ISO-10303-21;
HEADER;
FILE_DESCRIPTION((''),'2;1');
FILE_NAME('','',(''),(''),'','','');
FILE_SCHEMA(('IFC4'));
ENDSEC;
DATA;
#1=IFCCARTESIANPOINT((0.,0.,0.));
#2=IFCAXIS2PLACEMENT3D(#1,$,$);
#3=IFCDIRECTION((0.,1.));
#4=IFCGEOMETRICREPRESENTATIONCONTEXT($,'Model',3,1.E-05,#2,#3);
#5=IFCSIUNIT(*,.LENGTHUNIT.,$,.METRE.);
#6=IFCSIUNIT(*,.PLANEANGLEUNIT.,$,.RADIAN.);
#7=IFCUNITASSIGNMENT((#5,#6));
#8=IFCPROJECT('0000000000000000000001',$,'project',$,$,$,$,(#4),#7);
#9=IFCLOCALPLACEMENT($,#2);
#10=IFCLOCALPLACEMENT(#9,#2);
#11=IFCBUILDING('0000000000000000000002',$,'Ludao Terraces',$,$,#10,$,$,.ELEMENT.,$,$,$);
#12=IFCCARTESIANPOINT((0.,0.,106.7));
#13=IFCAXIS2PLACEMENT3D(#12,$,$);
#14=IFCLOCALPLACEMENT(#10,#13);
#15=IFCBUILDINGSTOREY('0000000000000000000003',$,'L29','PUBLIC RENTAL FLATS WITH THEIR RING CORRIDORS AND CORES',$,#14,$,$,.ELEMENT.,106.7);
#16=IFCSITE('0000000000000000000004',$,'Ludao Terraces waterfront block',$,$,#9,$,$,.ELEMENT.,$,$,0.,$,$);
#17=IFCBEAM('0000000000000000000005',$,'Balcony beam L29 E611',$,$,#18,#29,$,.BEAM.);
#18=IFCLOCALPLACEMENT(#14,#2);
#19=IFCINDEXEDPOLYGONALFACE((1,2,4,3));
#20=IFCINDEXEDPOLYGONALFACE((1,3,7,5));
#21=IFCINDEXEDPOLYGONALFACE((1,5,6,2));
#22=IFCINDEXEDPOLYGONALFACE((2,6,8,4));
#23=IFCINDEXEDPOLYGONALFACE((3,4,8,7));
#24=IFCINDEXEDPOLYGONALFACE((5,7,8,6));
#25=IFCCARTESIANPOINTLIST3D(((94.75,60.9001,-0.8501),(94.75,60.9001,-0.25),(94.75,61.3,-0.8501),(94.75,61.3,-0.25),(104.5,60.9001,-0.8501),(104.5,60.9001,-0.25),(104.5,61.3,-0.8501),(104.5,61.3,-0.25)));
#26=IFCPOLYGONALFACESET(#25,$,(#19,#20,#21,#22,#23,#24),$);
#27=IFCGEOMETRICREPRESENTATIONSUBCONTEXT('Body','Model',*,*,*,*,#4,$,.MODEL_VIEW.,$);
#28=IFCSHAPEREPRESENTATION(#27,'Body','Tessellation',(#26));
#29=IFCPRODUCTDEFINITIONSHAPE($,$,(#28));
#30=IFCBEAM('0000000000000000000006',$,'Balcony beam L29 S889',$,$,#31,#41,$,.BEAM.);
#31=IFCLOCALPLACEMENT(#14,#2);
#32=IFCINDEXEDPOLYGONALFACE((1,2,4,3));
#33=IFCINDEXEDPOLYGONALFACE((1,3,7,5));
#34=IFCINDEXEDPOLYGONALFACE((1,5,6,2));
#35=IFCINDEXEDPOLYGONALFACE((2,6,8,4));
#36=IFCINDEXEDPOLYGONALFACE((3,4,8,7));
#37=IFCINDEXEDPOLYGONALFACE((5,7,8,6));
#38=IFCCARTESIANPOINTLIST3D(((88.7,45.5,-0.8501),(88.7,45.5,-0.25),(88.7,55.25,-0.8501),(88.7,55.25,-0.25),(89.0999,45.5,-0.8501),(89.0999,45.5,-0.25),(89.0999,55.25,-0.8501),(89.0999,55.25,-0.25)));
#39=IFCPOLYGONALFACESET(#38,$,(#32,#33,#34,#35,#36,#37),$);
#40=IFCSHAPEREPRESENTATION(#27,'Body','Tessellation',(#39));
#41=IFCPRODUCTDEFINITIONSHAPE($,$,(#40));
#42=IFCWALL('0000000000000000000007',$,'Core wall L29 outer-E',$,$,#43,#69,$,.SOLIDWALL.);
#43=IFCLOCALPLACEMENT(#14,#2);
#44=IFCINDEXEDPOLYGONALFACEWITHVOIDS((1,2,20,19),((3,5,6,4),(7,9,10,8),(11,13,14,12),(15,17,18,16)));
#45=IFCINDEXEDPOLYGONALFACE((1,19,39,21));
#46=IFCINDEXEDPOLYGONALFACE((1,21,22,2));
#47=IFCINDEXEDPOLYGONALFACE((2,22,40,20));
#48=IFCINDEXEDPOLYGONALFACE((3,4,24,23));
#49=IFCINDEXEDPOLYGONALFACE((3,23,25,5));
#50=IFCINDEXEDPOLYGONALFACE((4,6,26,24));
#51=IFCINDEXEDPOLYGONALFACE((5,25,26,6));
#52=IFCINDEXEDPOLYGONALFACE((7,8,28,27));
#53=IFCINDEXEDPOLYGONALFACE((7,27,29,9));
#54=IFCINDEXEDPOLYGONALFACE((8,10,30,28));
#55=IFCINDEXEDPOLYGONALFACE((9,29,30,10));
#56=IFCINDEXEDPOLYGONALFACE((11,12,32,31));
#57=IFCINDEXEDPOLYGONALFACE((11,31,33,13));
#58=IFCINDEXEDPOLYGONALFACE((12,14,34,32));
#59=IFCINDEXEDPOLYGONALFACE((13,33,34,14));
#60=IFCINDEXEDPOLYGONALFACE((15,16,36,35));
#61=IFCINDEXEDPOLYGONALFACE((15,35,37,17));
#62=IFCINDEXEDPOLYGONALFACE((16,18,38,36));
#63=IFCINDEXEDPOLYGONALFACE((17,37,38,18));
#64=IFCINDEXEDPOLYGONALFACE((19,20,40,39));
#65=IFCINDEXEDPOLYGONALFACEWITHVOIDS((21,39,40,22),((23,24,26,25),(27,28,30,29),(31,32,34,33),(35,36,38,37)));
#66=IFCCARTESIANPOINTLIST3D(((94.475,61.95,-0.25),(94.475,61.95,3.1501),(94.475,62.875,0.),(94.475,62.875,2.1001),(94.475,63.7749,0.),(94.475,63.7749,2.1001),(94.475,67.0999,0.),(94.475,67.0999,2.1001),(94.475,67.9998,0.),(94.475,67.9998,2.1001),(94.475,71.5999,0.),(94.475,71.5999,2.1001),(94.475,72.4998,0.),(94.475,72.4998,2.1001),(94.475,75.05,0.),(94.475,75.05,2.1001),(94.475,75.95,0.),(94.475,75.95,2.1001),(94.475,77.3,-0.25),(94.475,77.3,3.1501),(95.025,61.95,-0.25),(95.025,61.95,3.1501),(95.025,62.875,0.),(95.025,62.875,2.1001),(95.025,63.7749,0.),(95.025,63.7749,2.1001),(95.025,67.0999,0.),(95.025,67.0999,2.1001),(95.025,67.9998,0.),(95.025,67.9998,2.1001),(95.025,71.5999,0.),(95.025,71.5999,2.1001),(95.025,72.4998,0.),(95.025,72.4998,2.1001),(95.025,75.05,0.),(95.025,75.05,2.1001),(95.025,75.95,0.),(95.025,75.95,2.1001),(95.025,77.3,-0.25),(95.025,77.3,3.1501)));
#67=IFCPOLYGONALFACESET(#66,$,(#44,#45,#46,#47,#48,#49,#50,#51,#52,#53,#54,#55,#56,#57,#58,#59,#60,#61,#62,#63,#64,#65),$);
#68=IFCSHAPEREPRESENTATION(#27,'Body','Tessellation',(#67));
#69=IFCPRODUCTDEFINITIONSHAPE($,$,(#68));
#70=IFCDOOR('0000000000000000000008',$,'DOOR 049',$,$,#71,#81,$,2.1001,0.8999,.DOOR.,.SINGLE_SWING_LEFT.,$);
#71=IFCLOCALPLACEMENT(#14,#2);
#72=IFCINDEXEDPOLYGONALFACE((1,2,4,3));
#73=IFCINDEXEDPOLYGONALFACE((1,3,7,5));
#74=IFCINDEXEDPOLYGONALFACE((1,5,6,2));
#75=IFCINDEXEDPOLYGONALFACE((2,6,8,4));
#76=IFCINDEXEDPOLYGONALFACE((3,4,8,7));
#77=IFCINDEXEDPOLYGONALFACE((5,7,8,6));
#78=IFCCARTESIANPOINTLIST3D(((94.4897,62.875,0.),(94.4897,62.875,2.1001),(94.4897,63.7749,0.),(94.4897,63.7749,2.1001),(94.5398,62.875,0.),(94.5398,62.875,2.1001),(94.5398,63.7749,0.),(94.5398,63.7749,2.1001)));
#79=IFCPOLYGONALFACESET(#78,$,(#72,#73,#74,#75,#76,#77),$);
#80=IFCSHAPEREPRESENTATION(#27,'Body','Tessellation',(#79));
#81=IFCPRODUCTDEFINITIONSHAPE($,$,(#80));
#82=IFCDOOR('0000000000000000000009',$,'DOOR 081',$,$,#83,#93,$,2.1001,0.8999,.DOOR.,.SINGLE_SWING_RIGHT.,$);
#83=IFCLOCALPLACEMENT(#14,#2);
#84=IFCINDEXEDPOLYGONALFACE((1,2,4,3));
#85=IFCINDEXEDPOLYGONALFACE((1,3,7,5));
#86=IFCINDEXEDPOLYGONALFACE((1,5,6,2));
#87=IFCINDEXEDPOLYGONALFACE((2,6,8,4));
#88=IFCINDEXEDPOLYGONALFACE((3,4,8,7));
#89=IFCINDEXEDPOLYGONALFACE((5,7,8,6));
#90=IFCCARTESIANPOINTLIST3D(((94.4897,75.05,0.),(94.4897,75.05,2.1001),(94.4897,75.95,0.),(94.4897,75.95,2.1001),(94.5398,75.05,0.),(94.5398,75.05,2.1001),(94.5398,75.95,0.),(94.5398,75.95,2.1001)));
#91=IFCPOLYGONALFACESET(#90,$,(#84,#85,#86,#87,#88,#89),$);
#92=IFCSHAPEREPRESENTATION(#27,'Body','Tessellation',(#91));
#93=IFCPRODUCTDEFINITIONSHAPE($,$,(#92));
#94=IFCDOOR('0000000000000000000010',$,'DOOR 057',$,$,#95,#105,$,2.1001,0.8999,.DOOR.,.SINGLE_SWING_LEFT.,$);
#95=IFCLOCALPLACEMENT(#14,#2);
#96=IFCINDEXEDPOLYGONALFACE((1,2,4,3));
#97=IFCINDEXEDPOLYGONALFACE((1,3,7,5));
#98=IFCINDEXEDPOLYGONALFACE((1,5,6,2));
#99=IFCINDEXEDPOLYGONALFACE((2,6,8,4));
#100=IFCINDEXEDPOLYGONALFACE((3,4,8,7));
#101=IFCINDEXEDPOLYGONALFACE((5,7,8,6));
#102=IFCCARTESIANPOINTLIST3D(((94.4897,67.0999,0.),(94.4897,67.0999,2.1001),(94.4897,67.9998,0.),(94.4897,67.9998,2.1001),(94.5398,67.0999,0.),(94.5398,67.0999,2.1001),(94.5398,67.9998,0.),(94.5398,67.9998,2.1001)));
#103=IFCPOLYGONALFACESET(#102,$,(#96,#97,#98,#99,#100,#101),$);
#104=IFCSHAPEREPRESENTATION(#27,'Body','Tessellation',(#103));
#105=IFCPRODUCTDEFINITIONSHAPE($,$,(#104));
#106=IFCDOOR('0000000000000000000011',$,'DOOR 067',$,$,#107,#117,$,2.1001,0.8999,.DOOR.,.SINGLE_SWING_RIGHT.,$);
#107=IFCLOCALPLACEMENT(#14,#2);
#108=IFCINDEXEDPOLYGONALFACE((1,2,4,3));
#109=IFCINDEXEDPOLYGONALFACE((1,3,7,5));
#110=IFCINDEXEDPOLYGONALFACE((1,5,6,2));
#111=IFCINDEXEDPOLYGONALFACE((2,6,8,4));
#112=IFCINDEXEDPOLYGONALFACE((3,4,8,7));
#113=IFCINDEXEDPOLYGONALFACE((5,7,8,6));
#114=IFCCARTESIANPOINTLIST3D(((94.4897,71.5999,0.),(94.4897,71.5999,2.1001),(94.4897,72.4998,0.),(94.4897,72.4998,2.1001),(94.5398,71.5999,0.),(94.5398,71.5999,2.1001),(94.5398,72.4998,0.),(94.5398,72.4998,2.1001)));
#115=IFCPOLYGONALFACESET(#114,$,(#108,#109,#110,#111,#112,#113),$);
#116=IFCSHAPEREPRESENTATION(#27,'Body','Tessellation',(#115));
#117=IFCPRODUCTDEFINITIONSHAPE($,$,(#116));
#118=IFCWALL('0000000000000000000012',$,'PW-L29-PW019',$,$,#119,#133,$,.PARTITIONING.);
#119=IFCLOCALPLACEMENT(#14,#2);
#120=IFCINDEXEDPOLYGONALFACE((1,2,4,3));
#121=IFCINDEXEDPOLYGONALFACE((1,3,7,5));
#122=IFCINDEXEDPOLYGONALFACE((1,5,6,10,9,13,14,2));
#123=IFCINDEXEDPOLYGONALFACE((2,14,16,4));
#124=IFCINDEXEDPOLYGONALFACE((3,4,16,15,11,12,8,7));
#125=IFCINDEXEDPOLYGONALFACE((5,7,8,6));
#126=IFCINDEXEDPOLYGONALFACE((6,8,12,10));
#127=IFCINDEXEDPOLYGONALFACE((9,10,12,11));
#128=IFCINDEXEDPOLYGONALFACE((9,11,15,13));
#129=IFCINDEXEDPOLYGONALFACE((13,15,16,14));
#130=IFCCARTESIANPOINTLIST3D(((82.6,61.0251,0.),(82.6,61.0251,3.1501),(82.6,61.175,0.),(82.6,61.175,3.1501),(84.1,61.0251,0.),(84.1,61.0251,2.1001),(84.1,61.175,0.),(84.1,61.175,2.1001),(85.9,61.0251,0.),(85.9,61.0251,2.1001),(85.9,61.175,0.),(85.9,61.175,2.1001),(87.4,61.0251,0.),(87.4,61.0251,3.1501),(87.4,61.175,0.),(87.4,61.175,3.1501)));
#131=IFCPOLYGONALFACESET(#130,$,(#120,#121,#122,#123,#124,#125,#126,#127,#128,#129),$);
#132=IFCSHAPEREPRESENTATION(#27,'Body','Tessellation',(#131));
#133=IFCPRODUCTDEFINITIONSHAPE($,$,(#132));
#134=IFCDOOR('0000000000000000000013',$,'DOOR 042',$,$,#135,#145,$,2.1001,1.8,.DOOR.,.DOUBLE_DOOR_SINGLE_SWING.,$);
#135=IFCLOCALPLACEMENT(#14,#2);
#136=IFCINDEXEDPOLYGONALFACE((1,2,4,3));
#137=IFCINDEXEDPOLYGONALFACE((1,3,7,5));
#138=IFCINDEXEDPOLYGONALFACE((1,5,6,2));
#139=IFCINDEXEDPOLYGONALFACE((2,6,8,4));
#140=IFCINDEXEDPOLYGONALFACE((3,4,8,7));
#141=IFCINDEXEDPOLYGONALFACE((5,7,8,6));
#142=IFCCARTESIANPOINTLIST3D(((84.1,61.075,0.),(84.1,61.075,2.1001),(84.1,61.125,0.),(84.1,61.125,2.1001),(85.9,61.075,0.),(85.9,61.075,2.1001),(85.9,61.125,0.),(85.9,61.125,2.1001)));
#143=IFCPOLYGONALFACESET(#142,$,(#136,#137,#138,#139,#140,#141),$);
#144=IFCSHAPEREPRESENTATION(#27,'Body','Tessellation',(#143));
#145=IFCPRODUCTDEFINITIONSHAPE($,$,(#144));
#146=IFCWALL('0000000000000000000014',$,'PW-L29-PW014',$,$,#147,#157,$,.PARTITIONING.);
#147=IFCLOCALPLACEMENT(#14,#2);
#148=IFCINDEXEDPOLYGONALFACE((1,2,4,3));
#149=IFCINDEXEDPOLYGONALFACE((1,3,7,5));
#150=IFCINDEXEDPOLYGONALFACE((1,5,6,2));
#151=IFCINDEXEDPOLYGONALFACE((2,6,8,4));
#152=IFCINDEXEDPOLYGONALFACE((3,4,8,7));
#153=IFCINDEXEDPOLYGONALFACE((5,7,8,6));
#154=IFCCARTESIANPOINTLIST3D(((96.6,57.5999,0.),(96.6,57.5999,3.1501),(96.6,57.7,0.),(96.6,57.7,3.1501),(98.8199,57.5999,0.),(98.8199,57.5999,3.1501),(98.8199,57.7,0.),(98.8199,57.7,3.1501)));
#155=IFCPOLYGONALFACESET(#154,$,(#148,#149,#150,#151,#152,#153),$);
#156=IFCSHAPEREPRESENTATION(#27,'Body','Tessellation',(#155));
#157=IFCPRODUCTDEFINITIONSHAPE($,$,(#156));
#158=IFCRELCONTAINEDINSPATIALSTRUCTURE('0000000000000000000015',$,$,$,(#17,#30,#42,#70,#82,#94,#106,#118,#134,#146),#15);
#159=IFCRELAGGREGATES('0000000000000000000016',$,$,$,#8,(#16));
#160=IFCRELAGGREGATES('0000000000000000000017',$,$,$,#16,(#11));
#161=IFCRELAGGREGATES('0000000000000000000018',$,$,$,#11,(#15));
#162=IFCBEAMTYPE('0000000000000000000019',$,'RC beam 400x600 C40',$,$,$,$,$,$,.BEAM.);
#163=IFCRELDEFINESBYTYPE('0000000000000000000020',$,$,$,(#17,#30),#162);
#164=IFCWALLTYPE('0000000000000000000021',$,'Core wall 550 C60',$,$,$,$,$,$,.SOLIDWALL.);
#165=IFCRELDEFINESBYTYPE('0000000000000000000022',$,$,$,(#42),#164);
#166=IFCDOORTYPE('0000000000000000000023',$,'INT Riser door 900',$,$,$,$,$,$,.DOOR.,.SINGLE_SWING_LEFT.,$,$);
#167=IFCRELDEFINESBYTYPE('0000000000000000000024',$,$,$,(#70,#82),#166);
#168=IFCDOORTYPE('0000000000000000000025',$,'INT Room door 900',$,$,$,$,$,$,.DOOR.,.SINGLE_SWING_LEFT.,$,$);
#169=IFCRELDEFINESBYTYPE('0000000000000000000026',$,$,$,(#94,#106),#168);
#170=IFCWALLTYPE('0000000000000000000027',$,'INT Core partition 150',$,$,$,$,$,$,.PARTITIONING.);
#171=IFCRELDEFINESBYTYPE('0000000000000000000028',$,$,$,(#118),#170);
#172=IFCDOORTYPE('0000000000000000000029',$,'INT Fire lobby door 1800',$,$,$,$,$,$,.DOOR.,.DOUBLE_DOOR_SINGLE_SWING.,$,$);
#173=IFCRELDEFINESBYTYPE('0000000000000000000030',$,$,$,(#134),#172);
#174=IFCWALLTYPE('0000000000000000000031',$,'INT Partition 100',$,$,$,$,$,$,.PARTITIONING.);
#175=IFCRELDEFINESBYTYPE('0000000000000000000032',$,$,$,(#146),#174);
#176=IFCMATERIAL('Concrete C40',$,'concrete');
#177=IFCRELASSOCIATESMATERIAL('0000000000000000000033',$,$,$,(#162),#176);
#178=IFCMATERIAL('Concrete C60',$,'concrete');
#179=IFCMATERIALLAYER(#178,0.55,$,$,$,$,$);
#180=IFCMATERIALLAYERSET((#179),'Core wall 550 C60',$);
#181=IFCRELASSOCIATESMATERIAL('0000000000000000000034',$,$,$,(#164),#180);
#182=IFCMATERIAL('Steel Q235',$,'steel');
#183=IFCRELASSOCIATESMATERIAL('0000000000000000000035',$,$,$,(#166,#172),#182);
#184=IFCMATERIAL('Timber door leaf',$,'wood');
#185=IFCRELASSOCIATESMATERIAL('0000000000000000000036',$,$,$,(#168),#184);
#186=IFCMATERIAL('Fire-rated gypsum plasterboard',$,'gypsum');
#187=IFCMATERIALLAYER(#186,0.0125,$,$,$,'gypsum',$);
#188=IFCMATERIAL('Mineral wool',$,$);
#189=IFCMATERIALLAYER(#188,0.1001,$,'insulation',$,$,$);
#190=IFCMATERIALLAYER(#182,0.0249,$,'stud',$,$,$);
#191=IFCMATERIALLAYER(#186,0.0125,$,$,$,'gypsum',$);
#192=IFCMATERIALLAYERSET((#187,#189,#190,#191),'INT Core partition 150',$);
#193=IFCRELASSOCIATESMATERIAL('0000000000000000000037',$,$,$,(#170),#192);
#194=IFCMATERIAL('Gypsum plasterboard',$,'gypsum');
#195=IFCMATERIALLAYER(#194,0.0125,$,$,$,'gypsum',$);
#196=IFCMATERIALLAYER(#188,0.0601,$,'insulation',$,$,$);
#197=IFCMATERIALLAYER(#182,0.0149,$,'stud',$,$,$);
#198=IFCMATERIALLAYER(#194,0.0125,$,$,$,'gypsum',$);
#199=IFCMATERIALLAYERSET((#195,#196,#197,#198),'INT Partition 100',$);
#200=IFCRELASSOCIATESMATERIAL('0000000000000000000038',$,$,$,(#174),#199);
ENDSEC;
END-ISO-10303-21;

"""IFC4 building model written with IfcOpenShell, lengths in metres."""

from ifc_helpers import new_model, si_unit, direction, frame, frame_2d, origin, origin_2d, place, context, subcontext, project, spatial, rectangle, extrude, material, layer, layer_set, material_profile, profile_set, type_object, element, fill, save


model = new_model("IFC4")

# Units and contexts
model_context = context("Model", 3, precision=1e-05, world=origin(), true_north=direction((0.0, 1.0)))
body_context = subcontext(model_context, "Body", "Model", "MODEL_VIEW")
ifc_project = project(units=[si_unit("LENGTHUNIT", "METRE"), si_unit("PLANEANGLEUNIT", "RADIAN")], contexts=[model_context])

# Site, building, storey
site_placement = place(None, origin())
site = spatial("IfcSite", under=ifc_project, at=site_placement, Name="Ludao Terraces waterfront block", CompositionType="ELEMENT", RefElevation=0.0)
building_placement = place(site_placement, origin())
building = spatial("IfcBuilding", under=site, at=building_placement, Name="Ludao Terraces", CompositionType="ELEMENT")
storey_placement = place(building_placement, frame((0.0, 0.0, 106.7)))
storey = spatial("IfcBuildingStorey", under=building, at=storey_placement, Name="L29", Description="PUBLIC RENTAL FLATS WITH THEIR RING CORRIDORS AND CORES", CompositionType="ELEMENT", Elevation=106.7)

# Beams
ifc_material_1 = material(Name="Concrete C40", Category="concrete")
ifc_material_profile = material_profile(ifc_material_1, rectangle(XDim=0.3999, YDim=0.6001, at=origin_2d()), Name="400 X 600")
ifc_profile_set = profile_set([ifc_material_profile], Name="Concrete C40")
beam_type = type_object("IfcBeamType", Name="RC beam 400x600 C40", PredefinedType="BEAM", material=ifc_profile_set)
for number, where, z_axis, x_axis, name in (
    (1, (94.75, 61.1001, -0.55), (1.0, 0.0, 0.0), (0.0, 1.0, 0.0), "Balcony beam L29 E611"),
    (2, (88.8999, 55.25, -0.55), (0.0, -1.0, 0.0), (1.0, 0.0, 0.0), "Balcony beam L29 S889"),
):
    element("IfcBeam", number, at=place(storey_placement, frame(where, z_axis=z_axis, x_axis=x_axis)), inside=storey, type_object=beam_type, Name=name, PredefinedType="BEAM", context=body_context, shape_type="SweptSolid", body=[
        extrude(rectangle(XDim=0.3999, YDim=0.6001, at=origin_2d()), origin(), (0.0, 0.0, 1.0), 9.75),
    ])

# Wall, openings, doors
ifc_material_2 = material(Name="Concrete C60", Category="concrete")
ifc_layer_1 = layer(ifc_material_2, 0.55)
ifc_layer_set_1 = layer_set([ifc_layer_1], Name="Core wall 550 C60")
wall_type_1 = type_object("IfcWallType", Name="Core wall 550 C60", PredefinedType="SOLIDWALL", material=ifc_layer_set_1)
wall_1_placement = place(storey_placement, frame((94.75, 61.95, -0.25), z_axis=(0.0, 0.0, 1.0), x_axis=(0.0, 1.0, 0.0)))
wall_1 = element("IfcWall", 3, at=wall_1_placement, inside=storey, type_object=wall_type_1, Name="Core wall L29 outer-E", PredefinedType="SOLIDWALL", context=body_context, shape_type="SweptSolid", body=[
    extrude(rectangle(XDim=15.3501, YDim=0.55, at=frame_2d((7.675, 0.0))), origin(), (0.0, 0.0, 1.0), 3.4001),
])
opening_1_placement = place(wall_1_placement, frame((0.925, 0.0, 0.25)))
opening_1 = element("IfcOpeningElement", 4, at=opening_1_placement, cuts=wall_1, PredefinedType="OPENING", context=body_context, shape_type="SweptSolid", body=[
    extrude(rectangle(XDim=0.8999, YDim=2.1001, at=frame_2d((0.45, 1.05))), frame((0.0, 0.2852, 0.0), z_axis=(0.0, -1.0, 0.0), x_axis=(1.0, 0.0, 0.0)), (0.0, 0.0, 1.0), 0.5701),
])
opening_2_placement = place(wall_1_placement, frame((5.1499, 0.0, 0.25)))
opening_2 = element("IfcOpeningElement", 5, at=opening_2_placement, cuts=wall_1, PredefinedType="OPENING", context=body_context, shape_type="SweptSolid", body=[
    extrude(rectangle(XDim=0.8999, YDim=2.1001, at=frame_2d((0.45, 1.05))), frame((0.0, 0.2852, 0.0), z_axis=(0.0, -1.0, 0.0), x_axis=(1.0, 0.0, 0.0)), (0.0, 0.0, 1.0), 0.5701),
])
opening_3_placement = place(wall_1_placement, frame((9.6499, 0.0, 0.25)))
opening_3 = element("IfcOpeningElement", 6, at=opening_3_placement, cuts=wall_1, PredefinedType="OPENING", context=body_context, shape_type="SweptSolid", body=[
    extrude(rectangle(XDim=0.8999, YDim=2.1001, at=frame_2d((0.45, 1.05))), frame((0.0, 0.2852, 0.0), z_axis=(0.0, -1.0, 0.0), x_axis=(1.0, 0.0, 0.0)), (0.0, 0.0, 1.0), 0.5701),
])
opening_4_placement = place(wall_1_placement, frame((13.1001, 0.0, 0.25)))
opening_4 = element("IfcOpeningElement", 7, at=opening_4_placement, cuts=wall_1, PredefinedType="OPENING", context=body_context, shape_type="SweptSolid", body=[
    extrude(rectangle(XDim=0.8999, YDim=2.1001, at=frame_2d((0.45, 1.05))), frame((0.0, 0.2852, 0.0), z_axis=(0.0, -1.0, 0.0), x_axis=(1.0, 0.0, 0.0)), (0.0, 0.0, 1.0), 0.5701),
])
ifc_material_3 = material(Name="Steel Q235", Category="steel")
door_type_1 = type_object("IfcDoorType", Name="INT Riser door 900", OperationType="SINGLE_SWING_LEFT", PredefinedType="DOOR", material=ifc_material_3)
door_1_placement = place(opening_1_placement, origin())
door_1 = element("IfcDoor", 8, at=door_1_placement, inside=storey, type_object=door_type_1, Name="DOOR 049", OperationType="SINGLE_SWING_LEFT", OverallHeight=2.1001, OverallWidth=0.8999, PredefinedType="DOOR", context=body_context, shape_type="SweptSolid", body=[
    extrude(rectangle(XDim=0.8999, YDim=2.1001, at=frame_2d((0.45, 1.05))), frame((0.0, 0.2603, 0.0), z_axis=(0.0, -1.0, 0.0), x_axis=(1.0, 0.0, 0.0)), (0.0, 0.0, 1.0), 0.05),
])
fill(opening_1, door_1)
door_2_placement = place(opening_4_placement, origin())
door_2 = element("IfcDoor", 9, at=door_2_placement, inside=storey, type_object=door_type_1, Name="DOOR 081", OperationType="SINGLE_SWING_RIGHT", OverallHeight=2.1001, OverallWidth=0.8999, PredefinedType="DOOR", context=body_context, shape_type="SweptSolid", body=[
    extrude(rectangle(XDim=0.8999, YDim=2.1001, at=frame_2d((0.45, 1.05))), frame((0.0, 0.2603, 0.0), z_axis=(0.0, -1.0, 0.0), x_axis=(1.0, 0.0, 0.0)), (0.0, 0.0, 1.0), 0.05),
])
fill(opening_4, door_2)
ifc_material_4 = material(Name="Timber door leaf", Category="wood")
door_type_2 = type_object("IfcDoorType", Name="INT Room door 900", OperationType="SINGLE_SWING_LEFT", PredefinedType="DOOR", material=ifc_material_4)
door_3_placement = place(opening_2_placement, origin())
door_3 = element("IfcDoor", 10, at=door_3_placement, inside=storey, type_object=door_type_2, Name="DOOR 057", OperationType="SINGLE_SWING_LEFT", OverallHeight=2.1001, OverallWidth=0.8999, PredefinedType="DOOR", context=body_context, shape_type="SweptSolid", body=[
    extrude(rectangle(XDim=0.8999, YDim=2.1001, at=frame_2d((0.45, 1.05))), frame((0.0, 0.2603, 0.0), z_axis=(0.0, -1.0, 0.0), x_axis=(1.0, 0.0, 0.0)), (0.0, 0.0, 1.0), 0.05),
])
fill(opening_2, door_3)
door_4_placement = place(opening_3_placement, origin())
door_4 = element("IfcDoor", 11, at=door_4_placement, inside=storey, type_object=door_type_2, Name="DOOR 067", OperationType="SINGLE_SWING_RIGHT", OverallHeight=2.1001, OverallWidth=0.8999, PredefinedType="DOOR", context=body_context, shape_type="SweptSolid", body=[
    extrude(rectangle(XDim=0.8999, YDim=2.1001, at=frame_2d((0.45, 1.05))), frame((0.0, 0.2603, 0.0), z_axis=(0.0, -1.0, 0.0), x_axis=(1.0, 0.0, 0.0)), (0.0, 0.0, 1.0), 0.05),
])
fill(opening_3, door_4)

# Wall, opening, door
ifc_material_5 = material(Name="Fire-rated gypsum plasterboard", Category="gypsum")
ifc_layer_2 = layer(ifc_material_5, 0.0125, Category="gypsum")
ifc_material_6 = material(Name="Mineral wool")
ifc_layer_3 = layer(ifc_material_6, 0.1001, Name="insulation")
ifc_layer_4 = layer(ifc_material_3, 0.0249, Name="stud")
ifc_layer_5 = layer(ifc_material_5, 0.0125, Category="gypsum")
ifc_layer_set_2 = layer_set([ifc_layer_2, ifc_layer_3, ifc_layer_4, ifc_layer_5], Name="INT Core partition 150")
wall_type_2 = type_object("IfcWallType", Name="INT Core partition 150", PredefinedType="PARTITIONING", material=ifc_layer_set_2)
wall_2_placement = place(storey_placement, frame((82.6001, 61.1001, 0.0), z_axis=(0.0, 0.0, 1.0), x_axis=(1.0, 0.0, 0.0)))
wall_2 = element("IfcWall", 12, at=wall_2_placement, inside=storey, type_object=wall_type_2, Name="PW-L29-PW019", PredefinedType="PARTITIONING", context=body_context, shape_type="SweptSolid", body=[
    extrude(rectangle(XDim=4.8, YDim=0.1499, at=frame_2d((2.3999, 0.0))), origin(), (0.0, 0.0, 1.0), 3.1501),
])
opening_5_placement = place(wall_2_placement, frame((1.5, 0.0, 0.0)))
opening_5 = element("IfcOpeningElement", 13, at=opening_5_placement, cuts=wall_2, PredefinedType="OPENING", context=body_context, shape_type="SweptSolid", body=[
    extrude(rectangle(XDim=1.8, YDim=2.1001, at=frame_2d((0.8999, 1.05))), frame((0.0, 0.085, 0.0), z_axis=(0.0, -1.0, 0.0), x_axis=(1.0, 0.0, 0.0)), (0.0, 0.0, 1.0), 0.1699),
])
door_type_3 = type_object("IfcDoorType", Name="INT Fire lobby door 1800", OperationType="DOUBLE_DOOR_SINGLE_SWING", PredefinedType="DOOR", material=ifc_material_3)
door_5_placement = place(opening_5_placement, origin())
door_5 = element("IfcDoor", 14, at=door_5_placement, inside=storey, type_object=door_type_3, Name="DOOR 042", OperationType="DOUBLE_DOOR_SINGLE_SWING", OverallHeight=2.1001, OverallWidth=1.8, PredefinedType="DOOR", context=body_context, shape_type="SweptSolid", body=[
    extrude(rectangle(XDim=1.8, YDim=2.1001, at=frame_2d((0.8999, 1.05))), frame((0.0, 0.0249, 0.0), z_axis=(0.0, -1.0, 0.0), x_axis=(1.0, 0.0, 0.0)), (0.0, 0.0, 1.0), 0.05),
])
fill(opening_5, door_5)

# Wall
ifc_material_7 = material(Name="Gypsum plasterboard", Category="gypsum")
ifc_layer_6 = layer(ifc_material_7, 0.0125, Category="gypsum")
ifc_layer_7 = layer(ifc_material_6, 0.0601, Name="insulation")
ifc_layer_8 = layer(ifc_material_3, 0.0149, Name="stud")
ifc_layer_9 = layer(ifc_material_7, 0.0125, Category="gypsum")
ifc_layer_set_3 = layer_set([ifc_layer_6, ifc_layer_7, ifc_layer_8, ifc_layer_9], Name="INT Partition 100")
wall_type_3 = type_object("IfcWallType", Name="INT Partition 100", PredefinedType="PARTITIONING", material=ifc_layer_set_3)
for number, where, z_axis, x_axis, name in (
    (15, (96.6001, 57.6499, 0.0), (0.0, 0.0, 1.0), (1.0, 0.0, 0.0), "PW-L29-PW014"),
):
    element("IfcWall", number, at=place(storey_placement, frame(where, z_axis=z_axis, x_axis=x_axis)), inside=storey, type_object=wall_type_3, Name=name, PredefinedType="PARTITIONING", context=body_context, shape_type="SweptSolid", body=[
        extrude(rectangle(XDim=2.22, YDim=0.1001, at=frame_2d((1.1099, 0.0))), origin(), (0.0, 0.0, 1.0), 3.1501),
    ])

save(model, "model.ifc")
